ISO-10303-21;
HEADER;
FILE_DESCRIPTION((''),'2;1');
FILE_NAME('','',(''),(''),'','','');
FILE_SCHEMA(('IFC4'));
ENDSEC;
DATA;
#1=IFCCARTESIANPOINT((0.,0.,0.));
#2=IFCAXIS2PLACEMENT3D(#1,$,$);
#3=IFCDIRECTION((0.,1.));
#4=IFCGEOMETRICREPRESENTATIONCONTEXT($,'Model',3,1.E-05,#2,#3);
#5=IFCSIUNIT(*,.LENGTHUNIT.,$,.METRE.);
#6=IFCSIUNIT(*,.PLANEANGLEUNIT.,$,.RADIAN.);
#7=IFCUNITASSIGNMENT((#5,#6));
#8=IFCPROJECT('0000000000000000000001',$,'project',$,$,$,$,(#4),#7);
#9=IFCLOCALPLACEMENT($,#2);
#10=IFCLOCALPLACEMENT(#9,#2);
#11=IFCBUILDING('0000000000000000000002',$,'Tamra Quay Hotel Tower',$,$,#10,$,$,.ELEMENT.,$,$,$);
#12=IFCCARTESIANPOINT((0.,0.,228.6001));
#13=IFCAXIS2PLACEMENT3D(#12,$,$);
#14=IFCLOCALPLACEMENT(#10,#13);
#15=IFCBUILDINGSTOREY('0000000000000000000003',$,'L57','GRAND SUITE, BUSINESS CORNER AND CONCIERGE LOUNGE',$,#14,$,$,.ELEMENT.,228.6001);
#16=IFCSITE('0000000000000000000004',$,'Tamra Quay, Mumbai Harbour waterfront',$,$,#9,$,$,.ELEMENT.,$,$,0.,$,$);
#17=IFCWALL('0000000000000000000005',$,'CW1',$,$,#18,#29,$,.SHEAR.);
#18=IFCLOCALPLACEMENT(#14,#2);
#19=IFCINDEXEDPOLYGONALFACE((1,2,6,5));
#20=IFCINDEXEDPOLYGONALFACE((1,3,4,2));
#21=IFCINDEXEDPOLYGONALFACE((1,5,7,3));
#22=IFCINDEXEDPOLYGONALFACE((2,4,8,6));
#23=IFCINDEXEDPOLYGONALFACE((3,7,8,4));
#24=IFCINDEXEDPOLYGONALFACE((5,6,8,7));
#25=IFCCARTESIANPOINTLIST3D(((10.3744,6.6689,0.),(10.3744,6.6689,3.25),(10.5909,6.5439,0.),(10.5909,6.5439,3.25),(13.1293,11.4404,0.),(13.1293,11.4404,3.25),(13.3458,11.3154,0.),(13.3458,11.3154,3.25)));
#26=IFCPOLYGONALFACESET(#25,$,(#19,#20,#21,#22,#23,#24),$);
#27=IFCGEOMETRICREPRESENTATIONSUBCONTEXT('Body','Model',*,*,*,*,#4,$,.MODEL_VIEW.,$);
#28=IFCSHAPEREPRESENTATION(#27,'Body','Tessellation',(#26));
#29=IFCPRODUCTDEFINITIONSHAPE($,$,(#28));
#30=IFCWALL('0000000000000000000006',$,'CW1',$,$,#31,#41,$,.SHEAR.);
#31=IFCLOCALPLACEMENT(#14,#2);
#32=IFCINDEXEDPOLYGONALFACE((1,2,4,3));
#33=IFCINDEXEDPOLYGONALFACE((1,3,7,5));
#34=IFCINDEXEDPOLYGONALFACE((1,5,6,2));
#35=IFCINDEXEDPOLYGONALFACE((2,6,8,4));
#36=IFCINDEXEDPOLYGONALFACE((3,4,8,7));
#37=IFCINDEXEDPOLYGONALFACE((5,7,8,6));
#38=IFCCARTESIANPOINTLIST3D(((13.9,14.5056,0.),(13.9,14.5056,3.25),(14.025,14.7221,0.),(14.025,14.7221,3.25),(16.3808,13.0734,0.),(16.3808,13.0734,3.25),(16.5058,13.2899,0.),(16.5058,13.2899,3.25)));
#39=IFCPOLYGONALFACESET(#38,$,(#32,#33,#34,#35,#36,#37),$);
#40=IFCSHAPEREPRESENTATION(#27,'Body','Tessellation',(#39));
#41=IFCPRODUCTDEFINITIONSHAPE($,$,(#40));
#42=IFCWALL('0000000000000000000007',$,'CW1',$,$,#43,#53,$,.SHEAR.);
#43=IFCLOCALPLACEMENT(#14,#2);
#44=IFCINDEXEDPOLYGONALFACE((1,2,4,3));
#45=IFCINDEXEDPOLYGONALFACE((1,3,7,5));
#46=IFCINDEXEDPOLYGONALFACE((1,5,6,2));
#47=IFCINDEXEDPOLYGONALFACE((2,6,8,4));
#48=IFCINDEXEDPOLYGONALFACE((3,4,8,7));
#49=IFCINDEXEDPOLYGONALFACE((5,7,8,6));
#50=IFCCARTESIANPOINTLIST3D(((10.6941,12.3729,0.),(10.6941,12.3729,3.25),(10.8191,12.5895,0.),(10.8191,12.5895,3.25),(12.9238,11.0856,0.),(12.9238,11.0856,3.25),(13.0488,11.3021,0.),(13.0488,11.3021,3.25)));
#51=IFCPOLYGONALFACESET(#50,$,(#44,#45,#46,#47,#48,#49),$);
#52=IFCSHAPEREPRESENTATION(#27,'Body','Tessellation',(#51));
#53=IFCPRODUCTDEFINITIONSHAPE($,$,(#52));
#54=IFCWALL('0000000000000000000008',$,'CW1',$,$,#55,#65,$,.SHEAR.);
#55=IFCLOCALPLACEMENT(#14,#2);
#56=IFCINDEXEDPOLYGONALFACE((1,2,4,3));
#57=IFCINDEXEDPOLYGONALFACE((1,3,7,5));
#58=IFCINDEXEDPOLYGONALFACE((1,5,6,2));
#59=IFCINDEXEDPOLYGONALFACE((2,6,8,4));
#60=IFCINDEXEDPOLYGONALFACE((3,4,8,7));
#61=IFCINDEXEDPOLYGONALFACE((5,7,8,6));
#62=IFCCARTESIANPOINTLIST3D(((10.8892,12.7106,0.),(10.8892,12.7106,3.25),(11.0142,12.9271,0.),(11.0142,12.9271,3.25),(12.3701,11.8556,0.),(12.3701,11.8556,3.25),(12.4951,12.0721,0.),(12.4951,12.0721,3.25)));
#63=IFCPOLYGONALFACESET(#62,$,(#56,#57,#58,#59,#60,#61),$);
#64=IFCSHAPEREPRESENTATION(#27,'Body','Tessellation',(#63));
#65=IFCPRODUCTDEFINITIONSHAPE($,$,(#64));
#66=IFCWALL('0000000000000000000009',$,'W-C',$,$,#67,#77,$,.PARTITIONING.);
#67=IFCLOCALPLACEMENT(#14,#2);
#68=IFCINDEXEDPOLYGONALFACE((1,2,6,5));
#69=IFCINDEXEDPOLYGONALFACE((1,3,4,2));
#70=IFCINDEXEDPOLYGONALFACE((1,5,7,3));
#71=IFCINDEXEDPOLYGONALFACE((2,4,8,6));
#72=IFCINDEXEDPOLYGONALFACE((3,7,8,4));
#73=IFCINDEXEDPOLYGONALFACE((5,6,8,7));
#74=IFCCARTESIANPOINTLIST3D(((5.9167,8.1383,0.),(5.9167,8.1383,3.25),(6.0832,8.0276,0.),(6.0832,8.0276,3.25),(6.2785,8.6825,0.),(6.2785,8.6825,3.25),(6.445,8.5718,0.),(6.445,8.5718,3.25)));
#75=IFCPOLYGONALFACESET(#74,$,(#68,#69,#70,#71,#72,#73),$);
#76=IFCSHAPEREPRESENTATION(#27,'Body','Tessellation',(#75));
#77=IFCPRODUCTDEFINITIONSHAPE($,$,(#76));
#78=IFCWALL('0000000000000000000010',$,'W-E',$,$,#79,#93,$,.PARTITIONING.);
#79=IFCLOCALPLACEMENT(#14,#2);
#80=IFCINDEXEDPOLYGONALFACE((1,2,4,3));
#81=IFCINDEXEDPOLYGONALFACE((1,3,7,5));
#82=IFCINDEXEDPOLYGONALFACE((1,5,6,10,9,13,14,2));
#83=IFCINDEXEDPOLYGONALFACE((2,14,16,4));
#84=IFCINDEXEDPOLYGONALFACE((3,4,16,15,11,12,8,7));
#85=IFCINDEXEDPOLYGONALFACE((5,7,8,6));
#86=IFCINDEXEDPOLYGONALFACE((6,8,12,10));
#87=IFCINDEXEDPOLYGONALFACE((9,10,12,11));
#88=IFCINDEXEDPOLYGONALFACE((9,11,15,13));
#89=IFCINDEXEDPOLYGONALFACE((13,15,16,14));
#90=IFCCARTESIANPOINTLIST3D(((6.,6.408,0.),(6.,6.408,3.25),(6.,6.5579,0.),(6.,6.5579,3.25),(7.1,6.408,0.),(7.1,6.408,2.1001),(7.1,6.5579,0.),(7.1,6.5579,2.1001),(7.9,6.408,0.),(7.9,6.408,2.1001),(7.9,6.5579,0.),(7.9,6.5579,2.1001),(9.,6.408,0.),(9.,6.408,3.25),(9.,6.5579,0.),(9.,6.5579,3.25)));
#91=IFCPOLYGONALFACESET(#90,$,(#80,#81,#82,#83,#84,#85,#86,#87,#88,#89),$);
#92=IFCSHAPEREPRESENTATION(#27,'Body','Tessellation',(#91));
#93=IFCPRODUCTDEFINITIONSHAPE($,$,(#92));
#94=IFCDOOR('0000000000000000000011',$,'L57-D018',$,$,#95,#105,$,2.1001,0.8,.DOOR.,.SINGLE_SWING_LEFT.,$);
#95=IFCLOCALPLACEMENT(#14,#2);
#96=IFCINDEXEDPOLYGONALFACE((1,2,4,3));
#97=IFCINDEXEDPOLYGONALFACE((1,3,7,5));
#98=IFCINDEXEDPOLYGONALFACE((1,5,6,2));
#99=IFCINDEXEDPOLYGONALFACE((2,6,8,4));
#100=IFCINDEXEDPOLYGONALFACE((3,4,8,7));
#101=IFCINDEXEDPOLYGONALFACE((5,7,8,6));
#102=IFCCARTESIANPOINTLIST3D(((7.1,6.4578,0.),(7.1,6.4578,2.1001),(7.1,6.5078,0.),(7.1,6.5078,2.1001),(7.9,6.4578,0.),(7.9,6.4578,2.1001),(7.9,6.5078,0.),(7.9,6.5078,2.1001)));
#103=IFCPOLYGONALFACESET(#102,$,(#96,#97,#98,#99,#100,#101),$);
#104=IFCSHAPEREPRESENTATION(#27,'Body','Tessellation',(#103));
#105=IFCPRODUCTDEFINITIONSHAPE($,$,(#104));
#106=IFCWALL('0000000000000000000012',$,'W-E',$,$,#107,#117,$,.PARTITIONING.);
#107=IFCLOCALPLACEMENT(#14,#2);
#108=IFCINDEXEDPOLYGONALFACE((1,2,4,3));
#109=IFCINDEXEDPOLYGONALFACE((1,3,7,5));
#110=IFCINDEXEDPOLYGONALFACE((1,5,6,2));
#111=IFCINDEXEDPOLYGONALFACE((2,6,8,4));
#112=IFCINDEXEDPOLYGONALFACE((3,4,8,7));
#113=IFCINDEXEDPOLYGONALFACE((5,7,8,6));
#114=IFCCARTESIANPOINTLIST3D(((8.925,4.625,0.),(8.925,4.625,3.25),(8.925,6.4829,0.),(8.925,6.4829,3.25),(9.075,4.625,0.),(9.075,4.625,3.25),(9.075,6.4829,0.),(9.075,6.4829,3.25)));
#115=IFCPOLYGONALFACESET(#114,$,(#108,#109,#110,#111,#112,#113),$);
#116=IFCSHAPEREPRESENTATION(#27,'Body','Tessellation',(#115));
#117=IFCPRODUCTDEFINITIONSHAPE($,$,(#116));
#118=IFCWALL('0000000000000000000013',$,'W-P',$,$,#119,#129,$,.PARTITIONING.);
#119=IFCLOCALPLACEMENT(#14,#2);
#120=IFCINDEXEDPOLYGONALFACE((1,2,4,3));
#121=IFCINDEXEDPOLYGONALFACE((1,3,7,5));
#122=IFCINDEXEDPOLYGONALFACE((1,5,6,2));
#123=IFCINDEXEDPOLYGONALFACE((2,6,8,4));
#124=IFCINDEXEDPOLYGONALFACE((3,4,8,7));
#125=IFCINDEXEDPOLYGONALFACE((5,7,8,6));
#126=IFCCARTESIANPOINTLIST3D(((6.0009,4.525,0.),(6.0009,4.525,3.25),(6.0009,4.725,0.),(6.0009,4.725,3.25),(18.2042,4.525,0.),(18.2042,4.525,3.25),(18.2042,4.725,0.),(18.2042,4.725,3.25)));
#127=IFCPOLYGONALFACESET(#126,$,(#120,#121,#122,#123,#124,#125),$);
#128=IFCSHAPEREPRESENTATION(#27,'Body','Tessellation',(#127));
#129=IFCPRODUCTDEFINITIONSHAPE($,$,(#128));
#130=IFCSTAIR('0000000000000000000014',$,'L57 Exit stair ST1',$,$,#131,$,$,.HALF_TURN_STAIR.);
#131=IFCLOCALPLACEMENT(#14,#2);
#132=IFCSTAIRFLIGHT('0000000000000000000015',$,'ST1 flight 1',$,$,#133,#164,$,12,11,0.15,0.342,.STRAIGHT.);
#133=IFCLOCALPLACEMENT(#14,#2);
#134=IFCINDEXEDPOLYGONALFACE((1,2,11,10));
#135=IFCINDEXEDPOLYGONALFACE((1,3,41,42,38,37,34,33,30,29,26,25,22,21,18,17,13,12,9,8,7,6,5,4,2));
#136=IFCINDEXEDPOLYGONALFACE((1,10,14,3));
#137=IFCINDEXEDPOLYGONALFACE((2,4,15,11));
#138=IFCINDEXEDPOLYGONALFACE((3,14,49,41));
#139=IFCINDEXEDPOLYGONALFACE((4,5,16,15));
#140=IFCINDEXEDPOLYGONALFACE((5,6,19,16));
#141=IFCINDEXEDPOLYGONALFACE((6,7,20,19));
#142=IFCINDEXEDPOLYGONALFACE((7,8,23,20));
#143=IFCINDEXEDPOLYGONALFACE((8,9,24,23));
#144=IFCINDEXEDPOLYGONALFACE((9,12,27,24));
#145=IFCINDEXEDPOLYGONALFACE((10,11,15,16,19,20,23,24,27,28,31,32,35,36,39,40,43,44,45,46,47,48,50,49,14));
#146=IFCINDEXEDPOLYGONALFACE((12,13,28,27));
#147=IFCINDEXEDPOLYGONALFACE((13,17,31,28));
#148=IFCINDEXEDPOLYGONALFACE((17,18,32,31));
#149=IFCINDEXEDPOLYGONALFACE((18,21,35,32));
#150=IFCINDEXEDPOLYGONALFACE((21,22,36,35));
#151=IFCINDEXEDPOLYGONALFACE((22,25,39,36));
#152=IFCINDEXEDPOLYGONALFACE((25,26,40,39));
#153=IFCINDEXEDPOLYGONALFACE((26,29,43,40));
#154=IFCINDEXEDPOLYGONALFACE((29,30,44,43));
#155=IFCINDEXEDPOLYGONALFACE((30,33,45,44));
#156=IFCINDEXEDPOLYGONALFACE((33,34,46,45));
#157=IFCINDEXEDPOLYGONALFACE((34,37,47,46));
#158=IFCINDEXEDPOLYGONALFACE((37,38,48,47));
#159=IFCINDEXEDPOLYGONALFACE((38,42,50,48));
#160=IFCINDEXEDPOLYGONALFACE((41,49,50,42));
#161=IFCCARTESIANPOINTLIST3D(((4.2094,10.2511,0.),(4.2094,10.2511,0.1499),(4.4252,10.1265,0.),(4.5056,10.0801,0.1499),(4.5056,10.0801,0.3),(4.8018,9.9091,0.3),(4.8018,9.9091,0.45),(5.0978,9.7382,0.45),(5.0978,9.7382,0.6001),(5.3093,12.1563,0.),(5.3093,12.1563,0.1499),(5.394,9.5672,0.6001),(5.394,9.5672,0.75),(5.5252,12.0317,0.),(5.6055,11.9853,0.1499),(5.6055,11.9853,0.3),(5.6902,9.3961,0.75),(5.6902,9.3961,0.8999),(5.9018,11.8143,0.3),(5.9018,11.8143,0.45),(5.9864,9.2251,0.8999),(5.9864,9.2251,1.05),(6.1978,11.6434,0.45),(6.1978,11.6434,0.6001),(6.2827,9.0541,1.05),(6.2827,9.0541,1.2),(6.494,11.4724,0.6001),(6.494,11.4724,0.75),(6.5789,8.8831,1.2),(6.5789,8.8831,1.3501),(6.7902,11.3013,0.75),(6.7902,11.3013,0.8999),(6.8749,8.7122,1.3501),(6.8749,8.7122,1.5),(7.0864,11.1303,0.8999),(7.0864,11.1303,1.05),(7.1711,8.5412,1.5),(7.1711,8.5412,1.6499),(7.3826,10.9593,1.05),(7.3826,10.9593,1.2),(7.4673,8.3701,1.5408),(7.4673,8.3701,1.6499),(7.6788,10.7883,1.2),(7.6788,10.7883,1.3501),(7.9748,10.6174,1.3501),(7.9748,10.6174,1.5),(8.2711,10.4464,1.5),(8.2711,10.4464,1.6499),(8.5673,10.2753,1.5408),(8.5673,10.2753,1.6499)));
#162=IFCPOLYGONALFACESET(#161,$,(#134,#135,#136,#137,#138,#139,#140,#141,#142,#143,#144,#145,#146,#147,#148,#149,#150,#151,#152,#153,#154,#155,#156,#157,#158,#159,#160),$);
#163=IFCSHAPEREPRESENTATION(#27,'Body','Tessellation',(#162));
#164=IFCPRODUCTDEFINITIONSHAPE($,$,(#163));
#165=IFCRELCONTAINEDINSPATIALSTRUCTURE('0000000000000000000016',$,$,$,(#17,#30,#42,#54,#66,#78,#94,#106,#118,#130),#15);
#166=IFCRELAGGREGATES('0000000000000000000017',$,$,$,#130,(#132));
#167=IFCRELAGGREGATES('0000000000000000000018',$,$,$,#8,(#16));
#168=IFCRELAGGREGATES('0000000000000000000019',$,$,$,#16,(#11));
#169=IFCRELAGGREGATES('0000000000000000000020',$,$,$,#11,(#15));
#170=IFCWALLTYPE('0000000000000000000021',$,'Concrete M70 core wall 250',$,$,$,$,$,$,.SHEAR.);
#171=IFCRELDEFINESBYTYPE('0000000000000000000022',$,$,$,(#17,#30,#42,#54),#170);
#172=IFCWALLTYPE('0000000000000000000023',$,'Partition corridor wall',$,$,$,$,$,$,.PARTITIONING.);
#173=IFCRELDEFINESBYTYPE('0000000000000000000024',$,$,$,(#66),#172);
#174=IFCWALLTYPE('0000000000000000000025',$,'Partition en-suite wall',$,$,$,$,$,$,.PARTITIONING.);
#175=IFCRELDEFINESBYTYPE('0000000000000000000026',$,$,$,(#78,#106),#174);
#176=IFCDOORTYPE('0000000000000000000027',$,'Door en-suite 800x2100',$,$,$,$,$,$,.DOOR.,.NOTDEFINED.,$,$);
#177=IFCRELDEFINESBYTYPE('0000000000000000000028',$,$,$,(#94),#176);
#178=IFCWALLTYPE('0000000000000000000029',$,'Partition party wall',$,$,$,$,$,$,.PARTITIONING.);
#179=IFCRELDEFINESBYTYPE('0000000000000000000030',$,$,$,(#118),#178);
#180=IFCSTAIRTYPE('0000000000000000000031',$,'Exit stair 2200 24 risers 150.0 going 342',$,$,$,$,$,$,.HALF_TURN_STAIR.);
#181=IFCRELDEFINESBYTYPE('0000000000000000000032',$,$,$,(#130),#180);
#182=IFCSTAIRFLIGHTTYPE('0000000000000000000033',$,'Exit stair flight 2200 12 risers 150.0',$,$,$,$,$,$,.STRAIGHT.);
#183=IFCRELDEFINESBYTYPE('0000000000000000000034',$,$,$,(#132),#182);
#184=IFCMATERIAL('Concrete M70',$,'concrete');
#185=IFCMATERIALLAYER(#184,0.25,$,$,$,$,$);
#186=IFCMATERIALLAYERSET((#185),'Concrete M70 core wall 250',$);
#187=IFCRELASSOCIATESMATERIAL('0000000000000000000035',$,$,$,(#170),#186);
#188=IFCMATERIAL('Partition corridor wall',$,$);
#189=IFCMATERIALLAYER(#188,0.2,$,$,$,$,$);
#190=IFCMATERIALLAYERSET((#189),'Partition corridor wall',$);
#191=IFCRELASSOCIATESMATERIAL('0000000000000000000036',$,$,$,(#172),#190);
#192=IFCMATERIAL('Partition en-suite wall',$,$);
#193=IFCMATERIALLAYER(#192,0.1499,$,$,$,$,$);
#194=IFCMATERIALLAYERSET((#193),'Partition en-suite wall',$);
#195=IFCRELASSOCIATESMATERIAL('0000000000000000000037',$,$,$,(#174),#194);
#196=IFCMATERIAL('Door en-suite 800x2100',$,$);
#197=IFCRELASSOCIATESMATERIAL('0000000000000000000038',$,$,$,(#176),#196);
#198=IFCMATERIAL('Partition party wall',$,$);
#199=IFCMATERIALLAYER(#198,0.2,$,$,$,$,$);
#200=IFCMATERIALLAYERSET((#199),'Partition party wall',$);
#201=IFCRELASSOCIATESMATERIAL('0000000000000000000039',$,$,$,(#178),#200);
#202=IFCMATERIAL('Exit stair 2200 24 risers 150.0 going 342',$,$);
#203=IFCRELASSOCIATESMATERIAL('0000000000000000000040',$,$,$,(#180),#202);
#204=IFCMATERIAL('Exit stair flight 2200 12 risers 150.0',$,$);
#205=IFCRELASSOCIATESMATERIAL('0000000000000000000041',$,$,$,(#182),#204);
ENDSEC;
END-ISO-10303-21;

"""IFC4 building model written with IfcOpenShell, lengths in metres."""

from ifc_helpers import new_model, si_unit, direction, frame, frame_2d, origin, place, context, subcontext, project, spatial, polyline, rectangle, outline, extrude, material, layer, layer_set, type_object, element, fill, aggregate, save


model = new_model("IFC4")

# Units and contexts
model_context = context("Model", 3, precision=1e-05, world=origin(), true_north=direction((0.0, 1.0)))
body_context = subcontext(model_context, "Body", "Model", "MODEL_VIEW")
ifc_project = project(units=[si_unit("LENGTHUNIT", "METRE"), si_unit("PLANEANGLEUNIT", "RADIAN")], contexts=[model_context])

# Site, building, storey
site_placement = place(None, origin())
site = spatial("IfcSite", under=ifc_project, at=site_placement, Name="Tamra Quay, Mumbai Harbour waterfront", CompositionType="ELEMENT", RefElevation=0.0)
building_placement = place(site_placement, origin())
building = spatial("IfcBuilding", under=site, at=building_placement, Name="Tamra Quay Hotel Tower", CompositionType="ELEMENT")
storey_placement = place(building_placement, frame((0.0, 0.0, 228.6001)))
storey = spatial("IfcBuildingStorey", under=building, at=storey_placement, Name="L57", Description="GRAND SUITE, BUSINESS CORNER AND CONCIERGE LOUNGE", CompositionType="ELEMENT", Elevation=228.6001)

# Shared definitions
ifc_material_1 = material(Name="Concrete M70", Category="concrete")

# Shared definitions
ifc_layer_1 = layer(ifc_material_1, 0.25)
ifc_layer_set_1 = layer_set([ifc_layer_1], Name="Concrete M70 core wall 250")
wall_type_1 = type_object("IfcWallType", Name="Concrete M70 core wall 250", PredefinedType="SHEAR", material=ifc_layer_set_1)

# Walls
wall_1_placement = place(storey_placement, frame((13.2375, 11.3779, 0.0), z_axis=(0.0, 0.0, 1.0), x_axis=(-0.500009, -0.86602, 0.0)))
element("IfcWall", 1, at=wall_1_placement, inside=storey, type_object=wall_type_1, Name="CW1", PredefinedType="SHEAR", context=body_context, shape_type="SweptSolid", body=[
    extrude(rectangle(XDim=5.5098, YDim=0.25, at=frame_2d((2.7549, 0.0))), origin(), (0.0, 0.0, 1.0), 3.25),
])
wall_2_placement = place(storey_placement, frame((13.9626, 14.6138, 0.0), z_axis=(0.0, 0.0, 1.0), x_axis=(0.866042, -0.499971, 0.0)))
element("IfcWall", 2, at=wall_2_placement, inside=storey, type_object=wall_type_1, Name="CW1", PredefinedType="SHEAR", context=body_context, shape_type="SweptSolid", body=[
    extrude(rectangle(XDim=2.8645, YDim=0.25, at=frame_2d((1.4321, 0.0))), origin(), (0.0, 0.0, 1.0), 3.25),
])
wall_3_placement = place(storey_placement, frame((10.7566, 12.4812, 0.0), z_axis=(0.0, 0.0, 1.0), x_axis=(0.866023, -0.500004, 0.0)))
element("IfcWall", 3, at=wall_3_placement, inside=storey, type_object=wall_type_1, Name="CW1", PredefinedType="SHEAR", context=body_context, shape_type="SweptSolid", body=[
    extrude(rectangle(XDim=2.5747, YDim=0.25, at=frame_2d((1.2874, 0.0))), origin(), (0.0, 0.0, 1.0), 3.25),
])
wall_4_placement = place(storey_placement, frame((12.4326, 11.9639, 0.0), z_axis=(0.0, 0.0, 1.0), x_axis=(-0.866038, 0.499978, 0.0)))
element("IfcWall", 4, at=wall_4_placement, inside=storey, type_object=wall_type_1, Name="CW1", PredefinedType="SHEAR", context=body_context, shape_type="SweptSolid", body=[
    extrude(rectangle(XDim=1.71, YDim=0.25, at=frame_2d((0.855, 0.0))), origin(), (0.0, 0.0, 1.0), 3.25),
])
ifc_material_2 = material(Name="Partition corridor wall")
ifc_layer_2 = layer(ifc_material_2, 0.2)
ifc_layer_set_2 = layer_set([ifc_layer_2], Name="Partition corridor wall")
wall_type_2 = type_object("IfcWallType", Name="Partition corridor wall", PredefinedType="PARTITIONING", material=ifc_layer_set_2)
wall_5_placement = place(storey_placement, frame((6.0, 8.083, 0.0), z_axis=(0.0, 0.0, 1.0), x_axis=(0.553665, 0.832739, 0.0)))
element("IfcWall", 5, at=wall_5_placement, inside=storey, type_object=wall_type_2, Name="W-C", PredefinedType="PARTITIONING", context=body_context, shape_type="SweptSolid", body=[
    extrude(rectangle(XDim=0.6536, YDim=0.2, at=frame_2d((0.3267, 0.0))), origin(), (0.0, 0.0, 1.0), 3.25),
])

# Wall, opening, door
ifc_material_3 = material(Name="Partition en-suite wall")
ifc_layer_3 = layer(ifc_material_3, 0.1499)
ifc_layer_set_3 = layer_set([ifc_layer_3], Name="Partition en-suite wall")
wall_type_3 = type_object("IfcWallType", Name="Partition en-suite wall", PredefinedType="PARTITIONING", material=ifc_layer_set_3)
wall_6_placement = place(storey_placement, frame((6.0, 6.4829, 0.0), z_axis=(0.0, 0.0, 1.0), x_axis=(1.0, 0.0, 0.0)))
wall_6 = element("IfcWall", 6, at=wall_6_placement, inside=storey, type_object=wall_type_3, Name="W-E", PredefinedType="PARTITIONING", context=body_context, shape_type="SweptSolid", body=[
    extrude(rectangle(XDim=3.0, YDim=0.1499, at=frame_2d((1.5, 0.0))), origin(), (0.0, 0.0, 1.0), 3.25),
])
opening_1_placement = place(wall_6_placement, frame((1.1001, 0.0, 0.0)))
opening_1 = element("IfcOpeningElement", 7, at=opening_1_placement, cuts=wall_6, PredefinedType="OPENING", context=body_context, shape_type="SweptSolid", body=[
    extrude(rectangle(XDim=0.8, YDim=2.1001, at=frame_2d((0.3999, 1.05))), frame((0.0, 0.085, 0.0), z_axis=(0.0, -1.0, 0.0), x_axis=(1.0, 0.0, 0.0)), (0.0, 0.0, 1.0), 0.1699),
])
ifc_material_4 = material(Name="Door en-suite 800x2100")
door_type_1 = type_object("IfcDoorType", Name="Door en-suite 800x2100", OperationType="NOTDEFINED", PredefinedType="DOOR", material=ifc_material_4)
door_1_placement = place(opening_1_placement, origin())
door_1 = element("IfcDoor", 8, at=door_1_placement, inside=storey, type_object=door_type_1, Name="L57-D018", OperationType="SINGLE_SWING_LEFT", OverallHeight=2.1001, OverallWidth=0.8, PredefinedType="DOOR", context=body_context, shape_type="SweptSolid", body=[
    extrude(rectangle(XDim=0.8, YDim=2.1001, at=frame_2d((0.3999, 1.05))), frame((0.0, 0.0249, 0.0), z_axis=(0.0, -1.0, 0.0), x_axis=(1.0, 0.0, 0.0)), (0.0, 0.0, 1.0), 0.05),
])
fill(opening_1, door_1)

# Walls
wall_7_placement = place(storey_placement, frame((9.0, 4.625, 0.0), z_axis=(0.0, 0.0, 1.0), x_axis=(0.0, 1.0, 0.0)))
element("IfcWall", 9, at=wall_7_placement, inside=storey, type_object=wall_type_3, Name="W-E", PredefinedType="PARTITIONING", context=body_context, shape_type="SweptSolid", body=[
    extrude(rectangle(XDim=1.8579, YDim=0.1499, at=frame_2d((0.929, 0.0))), origin(), (0.0, 0.0, 1.0), 3.25),
])
ifc_material_5 = material(Name="Partition party wall")
ifc_layer_4 = layer(ifc_material_5, 0.2)
ifc_layer_set_4 = layer_set([ifc_layer_4], Name="Partition party wall")
wall_type_4 = type_object("IfcWallType", Name="Partition party wall", PredefinedType="PARTITIONING", material=ifc_layer_set_4)
wall_8_placement = place(storey_placement, frame((6.001, 4.625, 0.0), z_axis=(0.0, 0.0, 1.0), x_axis=(1.0, 0.0, 0.0)))
element("IfcWall", 10, at=wall_8_placement, inside=storey, type_object=wall_type_4, Name="W-P", PredefinedType="PARTITIONING", context=body_context, shape_type="SweptSolid", body=[
    extrude(rectangle(XDim=12.2034, YDim=0.2, at=frame_2d((6.1016, 0.0))), origin(), (0.0, 0.0, 1.0), 3.25),
])

# Stair, stair flight
ifc_material_6 = material(Name="Exit stair 2200 24 risers 150.0 going 342")
stair_type = type_object("IfcStairType", Name="Exit stair 2200 24 risers 150.0 going 342", PredefinedType="HALF_TURN_STAIR", material=ifc_material_6)
stair_placement = place(storey_placement, origin())
stair = element("IfcStair", 11, at=stair_placement, inside=storey, type_object=stair_type, Name="L57 Exit stair ST1", PredefinedType="HALF_TURN_STAIR")
ifc_material_7 = material(Name="Exit stair flight 2200 12 risers 150.0")
stair_flight_type = type_object("IfcStairFlightType", Name="Exit stair flight 2200 12 risers 150.0", PredefinedType="STRAIGHT", material=ifc_material_7)
stair_flight_1_placement = place(storey_placement, frame((4.7593, 11.2036, 0.0), z_axis=(0.0, 0.0, 1.0), x_axis=(0.866025, -0.5, 0.0)))
stair_flight_1 = element("IfcStairFlight", 12, at=stair_flight_1_placement, type_object=stair_flight_type, Name="ST1 flight 1", NumberOfRisers=12, NumberOfTreads=11, PredefinedType="STRAIGHT", RiserHeight=0.15, TreadLength=0.342, context=body_context, shape_type="SweptSolid", body=[
    extrude(outline(polyline([(0.0, 0.0), (0.0, 0.1499), (0.342, 0.1499), (0.342, 0.3), (0.6841, 0.3), (0.6841, 0.45), (1.0259, 0.45), (1.0259, 0.6001), (1.3679, 0.6001), (1.3679, 0.75), (1.71, 0.75), (1.71, 0.8999), (2.052, 0.8999), (2.052, 1.05), (2.394, 1.05), (2.394, 1.2), (2.7361, 1.2), (2.7361, 1.3501), (3.0779, 1.3501), (3.0779, 1.5), (3.4199, 1.5), (3.4199, 1.6499), (3.762, 1.6499), (3.762, 1.8), (3.762, 1.5408), (0.2493, 0.0), (0.0, 0.0)])), frame((0.0, 1.1001, 0.0), z_axis=(0.0, -1.0, 0.0), x_axis=(1.0, 0.0, 0.0)), (0.0, 0.0, 1.0), 2.2),
])
aggregate(stair, [stair_flight_1])

save(model, "model.ifc")
